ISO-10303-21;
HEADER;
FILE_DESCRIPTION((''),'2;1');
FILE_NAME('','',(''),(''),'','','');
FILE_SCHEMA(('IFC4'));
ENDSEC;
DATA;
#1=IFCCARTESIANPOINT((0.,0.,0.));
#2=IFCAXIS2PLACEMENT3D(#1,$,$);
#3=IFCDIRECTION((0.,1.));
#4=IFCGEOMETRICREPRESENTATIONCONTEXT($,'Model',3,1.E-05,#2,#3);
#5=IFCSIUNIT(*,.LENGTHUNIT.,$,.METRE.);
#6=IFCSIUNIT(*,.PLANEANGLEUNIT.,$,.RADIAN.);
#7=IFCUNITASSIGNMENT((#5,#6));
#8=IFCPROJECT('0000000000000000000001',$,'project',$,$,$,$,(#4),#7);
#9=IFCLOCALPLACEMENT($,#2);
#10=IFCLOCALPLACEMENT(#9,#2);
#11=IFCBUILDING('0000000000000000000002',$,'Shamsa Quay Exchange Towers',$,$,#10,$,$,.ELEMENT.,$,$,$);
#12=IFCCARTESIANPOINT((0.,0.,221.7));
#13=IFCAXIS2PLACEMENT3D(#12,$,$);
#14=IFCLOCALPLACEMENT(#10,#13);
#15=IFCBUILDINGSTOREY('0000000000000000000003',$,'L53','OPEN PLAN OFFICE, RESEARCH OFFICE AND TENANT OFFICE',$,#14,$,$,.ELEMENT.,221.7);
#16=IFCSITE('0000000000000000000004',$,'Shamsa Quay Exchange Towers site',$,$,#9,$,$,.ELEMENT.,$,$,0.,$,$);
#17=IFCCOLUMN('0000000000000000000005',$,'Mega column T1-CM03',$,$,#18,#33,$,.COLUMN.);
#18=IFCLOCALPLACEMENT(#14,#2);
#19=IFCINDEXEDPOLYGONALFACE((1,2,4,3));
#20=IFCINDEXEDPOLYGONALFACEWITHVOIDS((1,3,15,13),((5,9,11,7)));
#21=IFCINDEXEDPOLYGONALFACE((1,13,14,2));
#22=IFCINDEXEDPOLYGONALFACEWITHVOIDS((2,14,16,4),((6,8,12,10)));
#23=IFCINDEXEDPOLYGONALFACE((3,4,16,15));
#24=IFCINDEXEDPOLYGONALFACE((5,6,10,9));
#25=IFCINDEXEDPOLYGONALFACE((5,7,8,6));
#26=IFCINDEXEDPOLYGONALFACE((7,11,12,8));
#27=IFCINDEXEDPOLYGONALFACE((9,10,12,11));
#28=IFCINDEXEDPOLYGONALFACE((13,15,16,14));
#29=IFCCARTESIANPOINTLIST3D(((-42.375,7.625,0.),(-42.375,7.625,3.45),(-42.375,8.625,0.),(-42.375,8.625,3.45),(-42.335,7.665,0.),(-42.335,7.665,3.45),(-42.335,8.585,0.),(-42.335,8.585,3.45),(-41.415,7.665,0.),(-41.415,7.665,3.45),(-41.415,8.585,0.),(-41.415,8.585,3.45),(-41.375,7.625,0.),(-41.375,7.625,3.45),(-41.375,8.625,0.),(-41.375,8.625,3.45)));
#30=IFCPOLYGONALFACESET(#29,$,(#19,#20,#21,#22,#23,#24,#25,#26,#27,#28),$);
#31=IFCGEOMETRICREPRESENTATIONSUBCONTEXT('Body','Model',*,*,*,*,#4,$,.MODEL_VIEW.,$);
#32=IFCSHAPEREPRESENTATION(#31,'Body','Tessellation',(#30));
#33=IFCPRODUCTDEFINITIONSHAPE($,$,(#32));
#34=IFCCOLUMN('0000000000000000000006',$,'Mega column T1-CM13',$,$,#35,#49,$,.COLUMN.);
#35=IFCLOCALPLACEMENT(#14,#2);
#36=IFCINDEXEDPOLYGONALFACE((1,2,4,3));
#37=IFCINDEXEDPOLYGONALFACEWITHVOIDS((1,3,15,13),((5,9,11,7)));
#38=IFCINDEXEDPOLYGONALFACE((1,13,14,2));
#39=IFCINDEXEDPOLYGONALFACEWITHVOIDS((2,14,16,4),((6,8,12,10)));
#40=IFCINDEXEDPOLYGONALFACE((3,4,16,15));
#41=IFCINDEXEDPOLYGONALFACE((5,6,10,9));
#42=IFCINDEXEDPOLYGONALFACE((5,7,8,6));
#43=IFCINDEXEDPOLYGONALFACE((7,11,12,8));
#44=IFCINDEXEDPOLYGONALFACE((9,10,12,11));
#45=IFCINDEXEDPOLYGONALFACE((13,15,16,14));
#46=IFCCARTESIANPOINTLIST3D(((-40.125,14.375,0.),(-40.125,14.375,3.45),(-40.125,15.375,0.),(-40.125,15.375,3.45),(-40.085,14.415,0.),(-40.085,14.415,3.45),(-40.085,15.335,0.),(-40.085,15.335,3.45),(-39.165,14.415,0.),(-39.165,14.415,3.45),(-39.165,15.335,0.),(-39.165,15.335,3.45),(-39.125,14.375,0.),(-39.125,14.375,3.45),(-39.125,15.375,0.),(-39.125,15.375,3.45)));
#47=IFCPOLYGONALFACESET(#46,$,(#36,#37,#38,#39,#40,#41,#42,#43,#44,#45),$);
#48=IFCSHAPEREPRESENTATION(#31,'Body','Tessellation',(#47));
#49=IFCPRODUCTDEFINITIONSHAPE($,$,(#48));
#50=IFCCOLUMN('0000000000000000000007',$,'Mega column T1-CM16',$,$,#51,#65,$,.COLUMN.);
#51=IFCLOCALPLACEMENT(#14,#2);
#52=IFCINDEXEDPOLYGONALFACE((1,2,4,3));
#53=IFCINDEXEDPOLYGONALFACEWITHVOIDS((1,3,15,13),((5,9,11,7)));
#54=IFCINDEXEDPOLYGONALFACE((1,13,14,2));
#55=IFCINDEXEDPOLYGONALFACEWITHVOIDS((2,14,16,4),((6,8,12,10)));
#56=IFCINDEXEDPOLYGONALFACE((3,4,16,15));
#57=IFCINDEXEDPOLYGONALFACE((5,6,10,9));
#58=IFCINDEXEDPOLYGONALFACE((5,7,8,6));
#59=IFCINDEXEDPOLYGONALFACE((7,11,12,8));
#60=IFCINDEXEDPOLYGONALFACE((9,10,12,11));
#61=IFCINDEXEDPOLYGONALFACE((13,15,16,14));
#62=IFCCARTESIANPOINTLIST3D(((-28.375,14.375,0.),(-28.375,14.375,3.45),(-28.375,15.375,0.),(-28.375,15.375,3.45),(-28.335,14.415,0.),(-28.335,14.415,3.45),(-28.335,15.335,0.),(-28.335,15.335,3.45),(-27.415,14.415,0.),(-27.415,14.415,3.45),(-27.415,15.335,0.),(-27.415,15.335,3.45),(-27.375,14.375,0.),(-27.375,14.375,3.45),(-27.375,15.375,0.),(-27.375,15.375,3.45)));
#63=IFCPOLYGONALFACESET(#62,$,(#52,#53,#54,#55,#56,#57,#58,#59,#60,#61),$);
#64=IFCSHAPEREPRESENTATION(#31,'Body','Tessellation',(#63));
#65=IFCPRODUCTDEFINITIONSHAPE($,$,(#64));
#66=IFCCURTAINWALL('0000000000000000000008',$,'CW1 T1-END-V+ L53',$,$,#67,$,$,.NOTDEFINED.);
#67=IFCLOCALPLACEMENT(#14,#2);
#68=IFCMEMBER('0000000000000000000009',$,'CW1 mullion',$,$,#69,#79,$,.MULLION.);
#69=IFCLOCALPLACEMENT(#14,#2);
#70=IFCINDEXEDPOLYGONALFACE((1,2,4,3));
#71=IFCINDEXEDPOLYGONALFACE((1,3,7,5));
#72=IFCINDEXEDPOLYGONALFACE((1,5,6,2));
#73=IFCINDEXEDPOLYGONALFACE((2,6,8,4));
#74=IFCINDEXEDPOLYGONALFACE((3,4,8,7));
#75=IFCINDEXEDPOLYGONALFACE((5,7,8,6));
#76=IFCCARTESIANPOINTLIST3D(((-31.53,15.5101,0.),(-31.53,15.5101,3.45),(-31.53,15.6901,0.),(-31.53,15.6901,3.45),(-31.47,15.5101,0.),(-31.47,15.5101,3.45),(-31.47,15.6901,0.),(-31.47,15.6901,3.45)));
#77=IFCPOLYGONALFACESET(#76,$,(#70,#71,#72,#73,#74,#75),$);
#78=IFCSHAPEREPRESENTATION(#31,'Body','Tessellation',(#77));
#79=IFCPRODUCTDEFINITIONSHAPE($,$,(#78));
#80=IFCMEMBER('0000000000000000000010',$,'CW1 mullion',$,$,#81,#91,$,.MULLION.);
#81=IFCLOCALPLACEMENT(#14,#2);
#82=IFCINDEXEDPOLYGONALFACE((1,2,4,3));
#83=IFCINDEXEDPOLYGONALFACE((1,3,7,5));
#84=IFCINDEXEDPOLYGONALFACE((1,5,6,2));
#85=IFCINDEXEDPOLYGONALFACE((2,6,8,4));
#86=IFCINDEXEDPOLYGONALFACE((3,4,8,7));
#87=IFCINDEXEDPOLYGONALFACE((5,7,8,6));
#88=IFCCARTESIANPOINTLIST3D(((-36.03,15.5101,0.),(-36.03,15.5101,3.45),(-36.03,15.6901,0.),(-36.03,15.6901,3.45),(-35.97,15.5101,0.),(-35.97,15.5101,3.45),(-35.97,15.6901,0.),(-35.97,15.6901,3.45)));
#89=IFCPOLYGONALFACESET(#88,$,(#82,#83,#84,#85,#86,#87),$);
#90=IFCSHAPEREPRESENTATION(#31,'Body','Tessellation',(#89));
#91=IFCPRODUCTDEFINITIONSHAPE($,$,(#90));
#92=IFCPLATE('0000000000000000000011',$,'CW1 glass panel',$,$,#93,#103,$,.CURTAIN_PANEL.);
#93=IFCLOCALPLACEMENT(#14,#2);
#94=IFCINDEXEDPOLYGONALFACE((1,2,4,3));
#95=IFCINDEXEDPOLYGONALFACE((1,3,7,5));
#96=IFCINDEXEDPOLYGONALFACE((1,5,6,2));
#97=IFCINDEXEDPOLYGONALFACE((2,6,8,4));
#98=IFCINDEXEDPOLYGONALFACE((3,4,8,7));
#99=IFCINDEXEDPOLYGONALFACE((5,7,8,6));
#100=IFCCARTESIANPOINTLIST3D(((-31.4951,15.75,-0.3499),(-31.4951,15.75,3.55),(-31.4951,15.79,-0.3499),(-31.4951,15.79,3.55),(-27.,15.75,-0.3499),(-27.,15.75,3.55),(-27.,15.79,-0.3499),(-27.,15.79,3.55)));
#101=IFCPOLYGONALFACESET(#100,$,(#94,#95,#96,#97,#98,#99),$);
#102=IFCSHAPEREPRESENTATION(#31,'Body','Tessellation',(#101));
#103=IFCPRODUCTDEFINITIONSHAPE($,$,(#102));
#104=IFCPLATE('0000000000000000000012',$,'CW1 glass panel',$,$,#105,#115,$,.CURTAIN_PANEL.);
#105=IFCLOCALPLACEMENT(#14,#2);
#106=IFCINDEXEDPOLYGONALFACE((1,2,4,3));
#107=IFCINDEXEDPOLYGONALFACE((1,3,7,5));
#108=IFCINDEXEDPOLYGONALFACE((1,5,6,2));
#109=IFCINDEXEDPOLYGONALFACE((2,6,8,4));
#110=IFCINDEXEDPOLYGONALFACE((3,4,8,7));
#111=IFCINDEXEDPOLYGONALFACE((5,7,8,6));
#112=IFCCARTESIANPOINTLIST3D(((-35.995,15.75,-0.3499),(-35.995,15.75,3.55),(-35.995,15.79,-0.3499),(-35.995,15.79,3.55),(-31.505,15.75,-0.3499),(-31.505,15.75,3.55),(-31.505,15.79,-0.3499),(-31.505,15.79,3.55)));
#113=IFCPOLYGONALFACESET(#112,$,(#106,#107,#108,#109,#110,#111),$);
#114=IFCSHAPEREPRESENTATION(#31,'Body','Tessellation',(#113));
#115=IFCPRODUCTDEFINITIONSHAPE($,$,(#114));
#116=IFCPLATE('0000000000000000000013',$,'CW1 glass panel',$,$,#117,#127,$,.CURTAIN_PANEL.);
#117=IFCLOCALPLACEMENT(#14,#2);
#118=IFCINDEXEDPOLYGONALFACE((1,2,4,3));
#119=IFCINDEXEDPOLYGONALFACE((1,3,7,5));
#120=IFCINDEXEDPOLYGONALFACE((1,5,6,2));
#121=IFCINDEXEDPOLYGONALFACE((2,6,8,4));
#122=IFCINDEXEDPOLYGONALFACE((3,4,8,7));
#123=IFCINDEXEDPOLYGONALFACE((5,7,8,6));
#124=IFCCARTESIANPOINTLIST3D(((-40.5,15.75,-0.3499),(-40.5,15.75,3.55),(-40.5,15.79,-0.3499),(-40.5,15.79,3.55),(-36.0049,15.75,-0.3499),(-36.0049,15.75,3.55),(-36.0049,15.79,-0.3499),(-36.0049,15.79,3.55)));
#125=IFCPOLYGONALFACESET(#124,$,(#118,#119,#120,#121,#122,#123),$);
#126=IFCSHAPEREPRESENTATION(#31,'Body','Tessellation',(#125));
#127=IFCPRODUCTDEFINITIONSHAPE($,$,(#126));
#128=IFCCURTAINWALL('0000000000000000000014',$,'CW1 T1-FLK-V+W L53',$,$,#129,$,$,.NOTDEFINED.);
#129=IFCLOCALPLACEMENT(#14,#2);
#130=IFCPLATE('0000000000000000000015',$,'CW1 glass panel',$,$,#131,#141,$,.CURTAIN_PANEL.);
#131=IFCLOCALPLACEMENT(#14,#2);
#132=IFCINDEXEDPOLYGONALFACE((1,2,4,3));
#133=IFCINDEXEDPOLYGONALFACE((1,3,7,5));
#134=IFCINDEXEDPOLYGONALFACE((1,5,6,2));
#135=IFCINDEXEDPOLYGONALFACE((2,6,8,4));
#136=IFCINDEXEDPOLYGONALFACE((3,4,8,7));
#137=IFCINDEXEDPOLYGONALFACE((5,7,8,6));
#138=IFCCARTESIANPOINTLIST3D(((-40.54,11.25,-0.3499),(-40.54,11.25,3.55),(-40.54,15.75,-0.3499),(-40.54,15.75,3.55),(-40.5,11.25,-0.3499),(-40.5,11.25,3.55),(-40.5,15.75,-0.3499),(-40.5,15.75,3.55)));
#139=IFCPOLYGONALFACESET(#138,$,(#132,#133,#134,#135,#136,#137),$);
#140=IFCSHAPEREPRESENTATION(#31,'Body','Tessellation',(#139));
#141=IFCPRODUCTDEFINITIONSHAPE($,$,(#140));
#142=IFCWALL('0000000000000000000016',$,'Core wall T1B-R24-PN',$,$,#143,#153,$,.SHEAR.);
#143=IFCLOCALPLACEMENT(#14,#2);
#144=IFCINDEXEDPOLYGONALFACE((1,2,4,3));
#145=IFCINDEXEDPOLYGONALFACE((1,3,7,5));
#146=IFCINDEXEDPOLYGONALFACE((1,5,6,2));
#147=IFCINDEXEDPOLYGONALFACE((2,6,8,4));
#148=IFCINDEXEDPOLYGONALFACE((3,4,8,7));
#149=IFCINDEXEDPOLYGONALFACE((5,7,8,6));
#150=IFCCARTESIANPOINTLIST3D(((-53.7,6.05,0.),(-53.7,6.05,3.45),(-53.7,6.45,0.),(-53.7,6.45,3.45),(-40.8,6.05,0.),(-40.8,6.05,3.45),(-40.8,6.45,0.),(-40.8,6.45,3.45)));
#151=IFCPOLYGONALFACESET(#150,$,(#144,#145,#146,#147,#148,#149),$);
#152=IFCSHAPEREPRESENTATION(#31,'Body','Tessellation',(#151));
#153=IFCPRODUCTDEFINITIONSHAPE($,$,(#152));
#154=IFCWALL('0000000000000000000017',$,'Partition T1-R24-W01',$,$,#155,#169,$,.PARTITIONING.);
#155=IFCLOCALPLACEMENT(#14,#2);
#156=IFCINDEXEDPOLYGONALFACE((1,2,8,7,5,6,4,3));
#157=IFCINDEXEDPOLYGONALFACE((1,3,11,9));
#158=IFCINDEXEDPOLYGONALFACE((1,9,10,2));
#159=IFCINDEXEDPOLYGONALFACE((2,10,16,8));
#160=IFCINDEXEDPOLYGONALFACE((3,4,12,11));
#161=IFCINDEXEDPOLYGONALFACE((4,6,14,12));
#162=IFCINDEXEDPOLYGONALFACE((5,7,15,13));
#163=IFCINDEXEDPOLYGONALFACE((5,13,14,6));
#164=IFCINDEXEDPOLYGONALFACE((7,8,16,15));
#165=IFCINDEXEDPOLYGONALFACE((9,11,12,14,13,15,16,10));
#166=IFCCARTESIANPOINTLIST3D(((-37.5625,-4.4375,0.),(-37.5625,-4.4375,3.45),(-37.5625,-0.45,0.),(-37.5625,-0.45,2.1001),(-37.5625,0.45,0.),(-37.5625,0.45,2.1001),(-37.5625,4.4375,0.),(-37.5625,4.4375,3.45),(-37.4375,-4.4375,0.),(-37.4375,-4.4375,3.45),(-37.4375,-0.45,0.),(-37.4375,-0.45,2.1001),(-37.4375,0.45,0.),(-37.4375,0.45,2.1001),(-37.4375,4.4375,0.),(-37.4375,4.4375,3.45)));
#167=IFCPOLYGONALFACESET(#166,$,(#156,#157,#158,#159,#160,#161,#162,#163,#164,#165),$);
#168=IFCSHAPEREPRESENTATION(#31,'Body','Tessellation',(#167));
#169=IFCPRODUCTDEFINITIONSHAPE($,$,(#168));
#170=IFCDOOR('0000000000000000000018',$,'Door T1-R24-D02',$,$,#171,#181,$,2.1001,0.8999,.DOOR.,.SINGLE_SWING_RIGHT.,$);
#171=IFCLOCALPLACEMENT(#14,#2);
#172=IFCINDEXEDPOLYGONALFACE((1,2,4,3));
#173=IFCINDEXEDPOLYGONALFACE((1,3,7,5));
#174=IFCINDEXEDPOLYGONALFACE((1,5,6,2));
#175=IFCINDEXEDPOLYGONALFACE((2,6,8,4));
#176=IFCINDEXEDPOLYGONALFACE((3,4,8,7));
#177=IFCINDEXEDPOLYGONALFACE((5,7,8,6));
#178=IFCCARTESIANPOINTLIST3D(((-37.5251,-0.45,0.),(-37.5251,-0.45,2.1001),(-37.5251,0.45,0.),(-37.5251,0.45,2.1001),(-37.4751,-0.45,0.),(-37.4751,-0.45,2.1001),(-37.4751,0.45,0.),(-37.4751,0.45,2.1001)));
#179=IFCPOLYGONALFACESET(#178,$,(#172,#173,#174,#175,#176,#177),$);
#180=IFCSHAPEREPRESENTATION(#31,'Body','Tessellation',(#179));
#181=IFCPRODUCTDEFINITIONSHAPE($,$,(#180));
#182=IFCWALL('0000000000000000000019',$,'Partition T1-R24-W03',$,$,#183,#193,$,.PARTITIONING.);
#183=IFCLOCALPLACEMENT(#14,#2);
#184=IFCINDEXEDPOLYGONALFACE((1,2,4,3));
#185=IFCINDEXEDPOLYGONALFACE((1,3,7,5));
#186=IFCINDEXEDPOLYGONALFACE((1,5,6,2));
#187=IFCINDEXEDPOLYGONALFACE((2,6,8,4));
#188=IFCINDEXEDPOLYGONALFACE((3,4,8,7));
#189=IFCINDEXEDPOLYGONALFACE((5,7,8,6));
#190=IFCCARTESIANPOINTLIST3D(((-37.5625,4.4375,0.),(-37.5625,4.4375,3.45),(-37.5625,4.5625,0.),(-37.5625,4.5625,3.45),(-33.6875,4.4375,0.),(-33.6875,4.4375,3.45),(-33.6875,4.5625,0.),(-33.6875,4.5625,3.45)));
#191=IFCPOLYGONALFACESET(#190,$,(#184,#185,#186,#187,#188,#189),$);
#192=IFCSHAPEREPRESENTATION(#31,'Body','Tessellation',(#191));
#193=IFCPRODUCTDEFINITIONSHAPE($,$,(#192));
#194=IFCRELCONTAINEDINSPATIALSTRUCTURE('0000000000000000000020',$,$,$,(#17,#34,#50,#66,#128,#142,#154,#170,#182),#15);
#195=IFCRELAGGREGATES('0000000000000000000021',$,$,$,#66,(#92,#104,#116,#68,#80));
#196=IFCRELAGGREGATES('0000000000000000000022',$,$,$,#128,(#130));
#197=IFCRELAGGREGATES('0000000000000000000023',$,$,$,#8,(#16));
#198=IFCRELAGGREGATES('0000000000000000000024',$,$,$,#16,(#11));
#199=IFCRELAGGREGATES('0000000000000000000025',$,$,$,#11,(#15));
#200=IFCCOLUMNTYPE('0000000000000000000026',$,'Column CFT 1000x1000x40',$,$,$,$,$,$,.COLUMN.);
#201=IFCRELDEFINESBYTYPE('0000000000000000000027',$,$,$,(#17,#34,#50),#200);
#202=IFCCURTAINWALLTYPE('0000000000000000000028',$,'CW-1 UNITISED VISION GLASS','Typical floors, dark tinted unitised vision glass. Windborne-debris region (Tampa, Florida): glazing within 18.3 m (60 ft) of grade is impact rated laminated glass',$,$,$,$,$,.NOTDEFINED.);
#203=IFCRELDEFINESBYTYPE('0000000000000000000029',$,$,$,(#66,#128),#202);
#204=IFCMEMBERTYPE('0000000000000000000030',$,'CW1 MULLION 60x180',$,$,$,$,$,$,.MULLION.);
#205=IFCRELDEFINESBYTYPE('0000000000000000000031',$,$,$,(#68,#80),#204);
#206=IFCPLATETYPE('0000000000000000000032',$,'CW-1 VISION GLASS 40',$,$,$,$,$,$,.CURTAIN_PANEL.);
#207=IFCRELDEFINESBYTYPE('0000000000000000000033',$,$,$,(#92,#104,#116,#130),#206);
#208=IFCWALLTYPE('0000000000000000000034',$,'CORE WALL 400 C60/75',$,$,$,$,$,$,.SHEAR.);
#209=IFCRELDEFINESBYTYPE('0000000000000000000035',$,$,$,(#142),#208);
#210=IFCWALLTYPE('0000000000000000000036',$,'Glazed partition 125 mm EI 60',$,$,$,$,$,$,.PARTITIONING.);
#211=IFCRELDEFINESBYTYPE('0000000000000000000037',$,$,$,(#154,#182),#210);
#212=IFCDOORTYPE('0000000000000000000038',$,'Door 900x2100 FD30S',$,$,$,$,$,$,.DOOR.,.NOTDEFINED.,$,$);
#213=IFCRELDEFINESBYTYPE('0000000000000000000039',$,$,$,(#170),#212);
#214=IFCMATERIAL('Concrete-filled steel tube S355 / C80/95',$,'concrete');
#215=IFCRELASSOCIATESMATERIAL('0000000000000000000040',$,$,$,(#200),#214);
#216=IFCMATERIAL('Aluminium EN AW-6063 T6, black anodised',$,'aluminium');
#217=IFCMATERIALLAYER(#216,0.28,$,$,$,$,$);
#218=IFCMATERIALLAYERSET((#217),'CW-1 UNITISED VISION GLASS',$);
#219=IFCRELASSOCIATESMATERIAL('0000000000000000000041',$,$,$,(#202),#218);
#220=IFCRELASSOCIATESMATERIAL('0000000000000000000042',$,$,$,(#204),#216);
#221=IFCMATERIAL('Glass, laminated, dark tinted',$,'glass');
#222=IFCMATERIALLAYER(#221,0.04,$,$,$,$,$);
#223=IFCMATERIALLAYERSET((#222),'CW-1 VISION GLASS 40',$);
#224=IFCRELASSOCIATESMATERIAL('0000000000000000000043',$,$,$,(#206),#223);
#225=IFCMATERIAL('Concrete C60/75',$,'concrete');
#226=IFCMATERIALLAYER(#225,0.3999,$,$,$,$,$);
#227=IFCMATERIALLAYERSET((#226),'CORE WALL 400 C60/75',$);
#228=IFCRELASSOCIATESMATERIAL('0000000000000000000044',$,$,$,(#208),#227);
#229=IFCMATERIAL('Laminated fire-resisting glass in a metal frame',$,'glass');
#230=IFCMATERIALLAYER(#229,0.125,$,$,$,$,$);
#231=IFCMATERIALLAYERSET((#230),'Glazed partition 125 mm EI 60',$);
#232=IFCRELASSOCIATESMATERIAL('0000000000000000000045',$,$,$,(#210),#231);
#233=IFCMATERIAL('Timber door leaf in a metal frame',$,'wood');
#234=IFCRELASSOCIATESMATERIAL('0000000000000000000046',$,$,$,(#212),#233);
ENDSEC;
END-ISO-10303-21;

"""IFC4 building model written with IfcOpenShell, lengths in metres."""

from ifc_helpers import new_model, si_unit, direction, frame, frame_2d, origin, origin_2d, place, context, subcontext, project, spatial, rectangle, hollow_rectangle, extrude, material, layer, layer_set, material_profile, profile_set, type_object, element, fill, aggregate, save


model = new_model("IFC4")

# Units and contexts
model_context = context("Model", 3, precision=1e-05, world=origin(), true_north=direction((0.0, 1.0)))
body_context = subcontext(model_context, "Body", "Model", "MODEL_VIEW")
ifc_project = project(units=[si_unit("LENGTHUNIT", "METRE"), si_unit("PLANEANGLEUNIT", "RADIAN")], contexts=[model_context])

# Site, building, storey
site_placement = place(None, origin())
site = spatial("IfcSite", under=ifc_project, at=site_placement, Name="Shamsa Quay Exchange Towers site", CompositionType="ELEMENT", RefElevation=0.0)
building_placement = place(site_placement, origin())
building = spatial("IfcBuilding", under=site, at=building_placement, Name="Shamsa Quay Exchange Towers", CompositionType="ELEMENT")
storey_placement = place(building_placement, frame((0.0, 0.0, 221.7)))
storey = spatial("IfcBuildingStorey", under=building, at=storey_placement, Name="L53", Description="OPEN PLAN OFFICE, RESEARCH OFFICE AND TENANT OFFICE", CompositionType="ELEMENT", Elevation=221.7)

# Columns
ifc_material_1 = material(Name="Concrete-filled steel tube S355 / C80/95", Category="concrete")
ifc_material_profile_1 = material_profile(ifc_material_1, hollow_rectangle(XDim=1.0, YDim=1.0, WallThickness=0.04, at=origin_2d()), Name="CFT 1000x1000x40")
ifc_profile_set_1 = profile_set([ifc_material_profile_1], Name="Concrete-filled steel tube S355 / C80/95")
column_type = type_object("IfcColumnType", Name="Column CFT 1000x1000x40", PredefinedType="COLUMN", material=ifc_profile_set_1)
for number, where, name in (
    (1, (-41.875, 8.125, 0.0), "Mega column T1-CM03"),
    (2, (-39.625, 14.875, 0.0), "Mega column T1-CM13"),
    (3, (-27.875, 14.875, 0.0), "Mega column T1-CM16"),
):
    element("IfcColumn", number, at=place(storey_placement, frame(where)), inside=storey, type_object=column_type, Name=name, PredefinedType="COLUMN", context=body_context, shape_type="SweptSolid", body=[
        extrude(hollow_rectangle(XDim=1.0, YDim=1.0, WallThickness=0.04, at=origin_2d()), origin(), (0.0, 0.0, 1.0), 3.45),
    ])

# Curtain wall, members, plates
ifc_material_2 = material(Name="Aluminium EN AW-6063 T6, black anodised", Category="aluminium")
ifc_layer_1 = layer(ifc_material_2, 0.28)
ifc_layer_set_1 = layer_set([ifc_layer_1], Name="CW-1 UNITISED VISION GLASS")
curtain_wall_type = type_object("IfcCurtainWallType", Name="CW-1 UNITISED VISION GLASS", Description="Typical floors, dark tinted unitised vision glass. Windborne-debris region (Tampa, Florida): glazing within 18.3 m (60 ft) of grade is impact rated laminated glass", PredefinedType="NOTDEFINED", material=ifc_layer_set_1)
curtain_wall_1_placement = place(storey_placement, origin())
curtain_wall_1 = element("IfcCurtainWall", 4, at=curtain_wall_1_placement, inside=storey, type_object=curtain_wall_type, Name="CW1 T1-END-V+ L53", PredefinedType="NOTDEFINED")
ifc_material_profile_2 = material_profile(ifc_material_2, rectangle(XDim=0.1799, YDim=0.0601, at=origin_2d()), Name="MU60x180")
ifc_profile_set_2 = profile_set([ifc_material_profile_2], Name="Aluminium EN AW-6063 T6, black anodised")
member_type = type_object("IfcMemberType", Name="CW1 MULLION 60x180", PredefinedType="MULLION", material=ifc_profile_set_2)
member_1_placement = place(storey_placement, frame((-31.5, 15.6001, 0.0), z_axis=(0.0, 0.0, 1.0), x_axis=(0.0, -1.0, 0.0)))
member_1 = element("IfcMember", 5, at=member_1_placement, type_object=member_type, Name="CW1 mullion", PredefinedType="MULLION", context=body_context, shape_type="SweptSolid", body=[
    extrude(rectangle(XDim=0.1799, YDim=0.0601, at=origin_2d()), origin(), (0.0, 0.0, 1.0), 3.45),
])
member_2_placement = place(storey_placement, frame((-36.0, 15.6001, 0.0), z_axis=(0.0, 0.0, 1.0), x_axis=(0.0, -1.0, 0.0)))
member_2 = element("IfcMember", 6, at=member_2_placement, type_object=member_type, Name="CW1 mullion", PredefinedType="MULLION", context=body_context, shape_type="SweptSolid", body=[
    extrude(rectangle(XDim=0.1799, YDim=0.0601, at=origin_2d()), origin(), (0.0, 0.0, 1.0), 3.45),
])
ifc_material_3 = material(Name="Glass, laminated, dark tinted", Category="glass")
ifc_layer_2 = layer(ifc_material_3, 0.04)
ifc_layer_set_2 = layer_set([ifc_layer_2], Name="CW-1 VISION GLASS 40")
plate_type = type_object("IfcPlateType", Name="CW-1 VISION GLASS 40", PredefinedType="CURTAIN_PANEL", material=ifc_layer_set_2)
plate_1_placement = place(storey_placement, frame((-29.2476, 15.77, -0.3499), z_axis=(0.0, 0.0, 1.0), x_axis=(-1.0, 0.0, 0.0)))
plate_1 = element("IfcPlate", 7, at=plate_1_placement, type_object=plate_type, Name="CW1 glass panel", PredefinedType="CURTAIN_PANEL", context=body_context, shape_type="SweptSolid", body=[
    extrude(rectangle(XDim=4.4951, YDim=0.04, at=origin_2d()), origin(), (0.0, 0.0, 1.0), 3.8999),
])
plate_2_placement = place(storey_placement, frame((-33.75, 15.77, -0.3499), z_axis=(0.0, 0.0, 1.0), x_axis=(-1.0, 0.0, 0.0)))
plate_2 = element("IfcPlate", 8, at=plate_2_placement, type_object=plate_type, Name="CW1 glass panel", PredefinedType="CURTAIN_PANEL", context=body_context, shape_type="SweptSolid", body=[
    extrude(rectangle(XDim=4.49, YDim=0.04, at=origin_2d()), origin(), (0.0, 0.0, 1.0), 3.8999),
])
plate_3_placement = place(storey_placement, frame((-38.2524, 15.77, -0.3499), z_axis=(0.0, 0.0, 1.0), x_axis=(-1.0, 0.0, 0.0)))
plate_3 = element("IfcPlate", 9, at=plate_3_placement, type_object=plate_type, Name="CW1 glass panel", PredefinedType="CURTAIN_PANEL", context=body_context, shape_type="SweptSolid", body=[
    extrude(rectangle(XDim=4.4951, YDim=0.04, at=origin_2d()), origin(), (0.0, 0.0, 1.0), 3.8999),
])
aggregate(curtain_wall_1, [plate_1, plate_2, plate_3, member_1, member_2])

# Curtain wall, plate
curtain_wall_2_placement = place(storey_placement, origin())
curtain_wall_2 = element("IfcCurtainWall", 10, at=curtain_wall_2_placement, inside=storey, type_object=curtain_wall_type, Name="CW1 T1-FLK-V+W L53", PredefinedType="NOTDEFINED")
plate_4_placement = place(storey_placement, frame((-40.52, 13.5, -0.3499), z_axis=(0.0, 0.0, 1.0), x_axis=(0.0, -1.0, 0.0)))
plate_4 = element("IfcPlate", 11, at=plate_4_placement, type_object=plate_type, Name="CW1 glass panel", PredefinedType="CURTAIN_PANEL", context=body_context, shape_type="SweptSolid", body=[
    extrude(rectangle(XDim=4.5, YDim=0.04, at=origin_2d()), origin(), (0.0, 0.0, 1.0), 3.8999),
])
aggregate(curtain_wall_2, [plate_4])

# Wall
ifc_material_4 = material(Name="Concrete C60/75", Category="concrete")
ifc_layer_3 = layer(ifc_material_4, 0.3999)
ifc_layer_set_3 = layer_set([ifc_layer_3], Name="CORE WALL 400 C60/75")
wall_type_1 = type_object("IfcWallType", Name="CORE WALL 400 C60/75", PredefinedType="SHEAR", material=ifc_layer_set_3)
wall_1_placement = place(storey_placement, frame((-40.8, 6.25, 0.0), z_axis=(0.0, 0.0, 1.0), x_axis=(-1.0, 0.0, 0.0)))
element("IfcWall", 12, at=wall_1_placement, inside=storey, type_object=wall_type_1, Name="Core wall T1B-R24-PN", PredefinedType="SHEAR", context=body_context, shape_type="SweptSolid", body=[
    extrude(rectangle(XDim=12.8999, YDim=0.3999, at=frame_2d((6.45, 0.0))), origin(), (0.0, 0.0, 1.0), 3.45),
])

# Wall, opening, door
ifc_material_5 = material(Name="Laminated fire-resisting glass in a metal frame", Category="glass")
ifc_layer_4 = layer(ifc_material_5, 0.125)
ifc_layer_set_4 = layer_set([ifc_layer_4], Name="Glazed partition 125 mm EI 60")
wall_type_2 = type_object("IfcWallType", Name="Glazed partition 125 mm EI 60", PredefinedType="PARTITIONING", material=ifc_layer_set_4)
wall_2_placement = place(storey_placement, frame((-37.5, 4.4375, 0.0), z_axis=(0.0, 0.0, 1.0), x_axis=(0.0, -1.0, 0.0)))
wall_2 = element("IfcWall", 13, at=wall_2_placement, inside=storey, type_object=wall_type_2, Name="Partition T1-R24-W01", PredefinedType="PARTITIONING", context=body_context, shape_type="SweptSolid", body=[
    extrude(rectangle(XDim=8.875, YDim=0.125, at=frame_2d((4.4375, 0.0))), origin(), (0.0, 0.0, 1.0), 3.45),
])
opening_1_placement = place(wall_2_placement, frame((3.9875, 0.0, 0.0)))
opening_1 = element("IfcOpeningElement", 14, at=opening_1_placement, cuts=wall_2, PredefinedType="OPENING", context=body_context, shape_type="SweptSolid", body=[
    extrude(rectangle(XDim=0.8999, YDim=2.1001, at=frame_2d((0.45, 1.05))), frame((0.0, 0.0725, 0.0), z_axis=(0.0, -1.0, 0.0), x_axis=(1.0, 0.0, 0.0)), (0.0, 0.0, 1.0), 0.145),
])
ifc_material_6 = material(Name="Timber door leaf in a metal frame", Category="wood")
door_type_1 = type_object("IfcDoorType", Name="Door 900x2100 FD30S", OperationType="NOTDEFINED", PredefinedType="DOOR", material=ifc_material_6)
door_1_placement = place(opening_1_placement, origin())
door_1 = element("IfcDoor", 15, at=door_1_placement, inside=storey, type_object=door_type_1, Name="Door T1-R24-D02", OperationType="SINGLE_SWING_RIGHT", OverallHeight=2.1001, OverallWidth=0.8999, PredefinedType="DOOR", context=body_context, shape_type="SweptSolid", body=[
    extrude(rectangle(XDim=0.8999, YDim=2.1001, at=frame_2d((0.45, 1.05))), frame((0.0, 0.0249, 0.0), z_axis=(0.0, -1.0, 0.0), x_axis=(1.0, 0.0, 0.0)), (0.0, 0.0, 1.0), 0.05),
])
fill(opening_1, door_1)

# Wall
wall_3_placement = place(storey_placement, frame((-33.6875, 4.5, 0.0), z_axis=(0.0, 0.0, 1.0), x_axis=(-1.0, 0.0, 0.0)))
element("IfcWall", 16, at=wall_3_placement, inside=storey, type_object=wall_type_2, Name="Partition T1-R24-W03", PredefinedType="PARTITIONING", context=body_context, shape_type="SweptSolid", body=[
    extrude(rectangle(XDim=3.875, YDim=0.125, at=frame_2d((1.9375, 0.0))), origin(), (0.0, 0.0, 1.0), 3.45),
])

save(model, "model.ifc")
